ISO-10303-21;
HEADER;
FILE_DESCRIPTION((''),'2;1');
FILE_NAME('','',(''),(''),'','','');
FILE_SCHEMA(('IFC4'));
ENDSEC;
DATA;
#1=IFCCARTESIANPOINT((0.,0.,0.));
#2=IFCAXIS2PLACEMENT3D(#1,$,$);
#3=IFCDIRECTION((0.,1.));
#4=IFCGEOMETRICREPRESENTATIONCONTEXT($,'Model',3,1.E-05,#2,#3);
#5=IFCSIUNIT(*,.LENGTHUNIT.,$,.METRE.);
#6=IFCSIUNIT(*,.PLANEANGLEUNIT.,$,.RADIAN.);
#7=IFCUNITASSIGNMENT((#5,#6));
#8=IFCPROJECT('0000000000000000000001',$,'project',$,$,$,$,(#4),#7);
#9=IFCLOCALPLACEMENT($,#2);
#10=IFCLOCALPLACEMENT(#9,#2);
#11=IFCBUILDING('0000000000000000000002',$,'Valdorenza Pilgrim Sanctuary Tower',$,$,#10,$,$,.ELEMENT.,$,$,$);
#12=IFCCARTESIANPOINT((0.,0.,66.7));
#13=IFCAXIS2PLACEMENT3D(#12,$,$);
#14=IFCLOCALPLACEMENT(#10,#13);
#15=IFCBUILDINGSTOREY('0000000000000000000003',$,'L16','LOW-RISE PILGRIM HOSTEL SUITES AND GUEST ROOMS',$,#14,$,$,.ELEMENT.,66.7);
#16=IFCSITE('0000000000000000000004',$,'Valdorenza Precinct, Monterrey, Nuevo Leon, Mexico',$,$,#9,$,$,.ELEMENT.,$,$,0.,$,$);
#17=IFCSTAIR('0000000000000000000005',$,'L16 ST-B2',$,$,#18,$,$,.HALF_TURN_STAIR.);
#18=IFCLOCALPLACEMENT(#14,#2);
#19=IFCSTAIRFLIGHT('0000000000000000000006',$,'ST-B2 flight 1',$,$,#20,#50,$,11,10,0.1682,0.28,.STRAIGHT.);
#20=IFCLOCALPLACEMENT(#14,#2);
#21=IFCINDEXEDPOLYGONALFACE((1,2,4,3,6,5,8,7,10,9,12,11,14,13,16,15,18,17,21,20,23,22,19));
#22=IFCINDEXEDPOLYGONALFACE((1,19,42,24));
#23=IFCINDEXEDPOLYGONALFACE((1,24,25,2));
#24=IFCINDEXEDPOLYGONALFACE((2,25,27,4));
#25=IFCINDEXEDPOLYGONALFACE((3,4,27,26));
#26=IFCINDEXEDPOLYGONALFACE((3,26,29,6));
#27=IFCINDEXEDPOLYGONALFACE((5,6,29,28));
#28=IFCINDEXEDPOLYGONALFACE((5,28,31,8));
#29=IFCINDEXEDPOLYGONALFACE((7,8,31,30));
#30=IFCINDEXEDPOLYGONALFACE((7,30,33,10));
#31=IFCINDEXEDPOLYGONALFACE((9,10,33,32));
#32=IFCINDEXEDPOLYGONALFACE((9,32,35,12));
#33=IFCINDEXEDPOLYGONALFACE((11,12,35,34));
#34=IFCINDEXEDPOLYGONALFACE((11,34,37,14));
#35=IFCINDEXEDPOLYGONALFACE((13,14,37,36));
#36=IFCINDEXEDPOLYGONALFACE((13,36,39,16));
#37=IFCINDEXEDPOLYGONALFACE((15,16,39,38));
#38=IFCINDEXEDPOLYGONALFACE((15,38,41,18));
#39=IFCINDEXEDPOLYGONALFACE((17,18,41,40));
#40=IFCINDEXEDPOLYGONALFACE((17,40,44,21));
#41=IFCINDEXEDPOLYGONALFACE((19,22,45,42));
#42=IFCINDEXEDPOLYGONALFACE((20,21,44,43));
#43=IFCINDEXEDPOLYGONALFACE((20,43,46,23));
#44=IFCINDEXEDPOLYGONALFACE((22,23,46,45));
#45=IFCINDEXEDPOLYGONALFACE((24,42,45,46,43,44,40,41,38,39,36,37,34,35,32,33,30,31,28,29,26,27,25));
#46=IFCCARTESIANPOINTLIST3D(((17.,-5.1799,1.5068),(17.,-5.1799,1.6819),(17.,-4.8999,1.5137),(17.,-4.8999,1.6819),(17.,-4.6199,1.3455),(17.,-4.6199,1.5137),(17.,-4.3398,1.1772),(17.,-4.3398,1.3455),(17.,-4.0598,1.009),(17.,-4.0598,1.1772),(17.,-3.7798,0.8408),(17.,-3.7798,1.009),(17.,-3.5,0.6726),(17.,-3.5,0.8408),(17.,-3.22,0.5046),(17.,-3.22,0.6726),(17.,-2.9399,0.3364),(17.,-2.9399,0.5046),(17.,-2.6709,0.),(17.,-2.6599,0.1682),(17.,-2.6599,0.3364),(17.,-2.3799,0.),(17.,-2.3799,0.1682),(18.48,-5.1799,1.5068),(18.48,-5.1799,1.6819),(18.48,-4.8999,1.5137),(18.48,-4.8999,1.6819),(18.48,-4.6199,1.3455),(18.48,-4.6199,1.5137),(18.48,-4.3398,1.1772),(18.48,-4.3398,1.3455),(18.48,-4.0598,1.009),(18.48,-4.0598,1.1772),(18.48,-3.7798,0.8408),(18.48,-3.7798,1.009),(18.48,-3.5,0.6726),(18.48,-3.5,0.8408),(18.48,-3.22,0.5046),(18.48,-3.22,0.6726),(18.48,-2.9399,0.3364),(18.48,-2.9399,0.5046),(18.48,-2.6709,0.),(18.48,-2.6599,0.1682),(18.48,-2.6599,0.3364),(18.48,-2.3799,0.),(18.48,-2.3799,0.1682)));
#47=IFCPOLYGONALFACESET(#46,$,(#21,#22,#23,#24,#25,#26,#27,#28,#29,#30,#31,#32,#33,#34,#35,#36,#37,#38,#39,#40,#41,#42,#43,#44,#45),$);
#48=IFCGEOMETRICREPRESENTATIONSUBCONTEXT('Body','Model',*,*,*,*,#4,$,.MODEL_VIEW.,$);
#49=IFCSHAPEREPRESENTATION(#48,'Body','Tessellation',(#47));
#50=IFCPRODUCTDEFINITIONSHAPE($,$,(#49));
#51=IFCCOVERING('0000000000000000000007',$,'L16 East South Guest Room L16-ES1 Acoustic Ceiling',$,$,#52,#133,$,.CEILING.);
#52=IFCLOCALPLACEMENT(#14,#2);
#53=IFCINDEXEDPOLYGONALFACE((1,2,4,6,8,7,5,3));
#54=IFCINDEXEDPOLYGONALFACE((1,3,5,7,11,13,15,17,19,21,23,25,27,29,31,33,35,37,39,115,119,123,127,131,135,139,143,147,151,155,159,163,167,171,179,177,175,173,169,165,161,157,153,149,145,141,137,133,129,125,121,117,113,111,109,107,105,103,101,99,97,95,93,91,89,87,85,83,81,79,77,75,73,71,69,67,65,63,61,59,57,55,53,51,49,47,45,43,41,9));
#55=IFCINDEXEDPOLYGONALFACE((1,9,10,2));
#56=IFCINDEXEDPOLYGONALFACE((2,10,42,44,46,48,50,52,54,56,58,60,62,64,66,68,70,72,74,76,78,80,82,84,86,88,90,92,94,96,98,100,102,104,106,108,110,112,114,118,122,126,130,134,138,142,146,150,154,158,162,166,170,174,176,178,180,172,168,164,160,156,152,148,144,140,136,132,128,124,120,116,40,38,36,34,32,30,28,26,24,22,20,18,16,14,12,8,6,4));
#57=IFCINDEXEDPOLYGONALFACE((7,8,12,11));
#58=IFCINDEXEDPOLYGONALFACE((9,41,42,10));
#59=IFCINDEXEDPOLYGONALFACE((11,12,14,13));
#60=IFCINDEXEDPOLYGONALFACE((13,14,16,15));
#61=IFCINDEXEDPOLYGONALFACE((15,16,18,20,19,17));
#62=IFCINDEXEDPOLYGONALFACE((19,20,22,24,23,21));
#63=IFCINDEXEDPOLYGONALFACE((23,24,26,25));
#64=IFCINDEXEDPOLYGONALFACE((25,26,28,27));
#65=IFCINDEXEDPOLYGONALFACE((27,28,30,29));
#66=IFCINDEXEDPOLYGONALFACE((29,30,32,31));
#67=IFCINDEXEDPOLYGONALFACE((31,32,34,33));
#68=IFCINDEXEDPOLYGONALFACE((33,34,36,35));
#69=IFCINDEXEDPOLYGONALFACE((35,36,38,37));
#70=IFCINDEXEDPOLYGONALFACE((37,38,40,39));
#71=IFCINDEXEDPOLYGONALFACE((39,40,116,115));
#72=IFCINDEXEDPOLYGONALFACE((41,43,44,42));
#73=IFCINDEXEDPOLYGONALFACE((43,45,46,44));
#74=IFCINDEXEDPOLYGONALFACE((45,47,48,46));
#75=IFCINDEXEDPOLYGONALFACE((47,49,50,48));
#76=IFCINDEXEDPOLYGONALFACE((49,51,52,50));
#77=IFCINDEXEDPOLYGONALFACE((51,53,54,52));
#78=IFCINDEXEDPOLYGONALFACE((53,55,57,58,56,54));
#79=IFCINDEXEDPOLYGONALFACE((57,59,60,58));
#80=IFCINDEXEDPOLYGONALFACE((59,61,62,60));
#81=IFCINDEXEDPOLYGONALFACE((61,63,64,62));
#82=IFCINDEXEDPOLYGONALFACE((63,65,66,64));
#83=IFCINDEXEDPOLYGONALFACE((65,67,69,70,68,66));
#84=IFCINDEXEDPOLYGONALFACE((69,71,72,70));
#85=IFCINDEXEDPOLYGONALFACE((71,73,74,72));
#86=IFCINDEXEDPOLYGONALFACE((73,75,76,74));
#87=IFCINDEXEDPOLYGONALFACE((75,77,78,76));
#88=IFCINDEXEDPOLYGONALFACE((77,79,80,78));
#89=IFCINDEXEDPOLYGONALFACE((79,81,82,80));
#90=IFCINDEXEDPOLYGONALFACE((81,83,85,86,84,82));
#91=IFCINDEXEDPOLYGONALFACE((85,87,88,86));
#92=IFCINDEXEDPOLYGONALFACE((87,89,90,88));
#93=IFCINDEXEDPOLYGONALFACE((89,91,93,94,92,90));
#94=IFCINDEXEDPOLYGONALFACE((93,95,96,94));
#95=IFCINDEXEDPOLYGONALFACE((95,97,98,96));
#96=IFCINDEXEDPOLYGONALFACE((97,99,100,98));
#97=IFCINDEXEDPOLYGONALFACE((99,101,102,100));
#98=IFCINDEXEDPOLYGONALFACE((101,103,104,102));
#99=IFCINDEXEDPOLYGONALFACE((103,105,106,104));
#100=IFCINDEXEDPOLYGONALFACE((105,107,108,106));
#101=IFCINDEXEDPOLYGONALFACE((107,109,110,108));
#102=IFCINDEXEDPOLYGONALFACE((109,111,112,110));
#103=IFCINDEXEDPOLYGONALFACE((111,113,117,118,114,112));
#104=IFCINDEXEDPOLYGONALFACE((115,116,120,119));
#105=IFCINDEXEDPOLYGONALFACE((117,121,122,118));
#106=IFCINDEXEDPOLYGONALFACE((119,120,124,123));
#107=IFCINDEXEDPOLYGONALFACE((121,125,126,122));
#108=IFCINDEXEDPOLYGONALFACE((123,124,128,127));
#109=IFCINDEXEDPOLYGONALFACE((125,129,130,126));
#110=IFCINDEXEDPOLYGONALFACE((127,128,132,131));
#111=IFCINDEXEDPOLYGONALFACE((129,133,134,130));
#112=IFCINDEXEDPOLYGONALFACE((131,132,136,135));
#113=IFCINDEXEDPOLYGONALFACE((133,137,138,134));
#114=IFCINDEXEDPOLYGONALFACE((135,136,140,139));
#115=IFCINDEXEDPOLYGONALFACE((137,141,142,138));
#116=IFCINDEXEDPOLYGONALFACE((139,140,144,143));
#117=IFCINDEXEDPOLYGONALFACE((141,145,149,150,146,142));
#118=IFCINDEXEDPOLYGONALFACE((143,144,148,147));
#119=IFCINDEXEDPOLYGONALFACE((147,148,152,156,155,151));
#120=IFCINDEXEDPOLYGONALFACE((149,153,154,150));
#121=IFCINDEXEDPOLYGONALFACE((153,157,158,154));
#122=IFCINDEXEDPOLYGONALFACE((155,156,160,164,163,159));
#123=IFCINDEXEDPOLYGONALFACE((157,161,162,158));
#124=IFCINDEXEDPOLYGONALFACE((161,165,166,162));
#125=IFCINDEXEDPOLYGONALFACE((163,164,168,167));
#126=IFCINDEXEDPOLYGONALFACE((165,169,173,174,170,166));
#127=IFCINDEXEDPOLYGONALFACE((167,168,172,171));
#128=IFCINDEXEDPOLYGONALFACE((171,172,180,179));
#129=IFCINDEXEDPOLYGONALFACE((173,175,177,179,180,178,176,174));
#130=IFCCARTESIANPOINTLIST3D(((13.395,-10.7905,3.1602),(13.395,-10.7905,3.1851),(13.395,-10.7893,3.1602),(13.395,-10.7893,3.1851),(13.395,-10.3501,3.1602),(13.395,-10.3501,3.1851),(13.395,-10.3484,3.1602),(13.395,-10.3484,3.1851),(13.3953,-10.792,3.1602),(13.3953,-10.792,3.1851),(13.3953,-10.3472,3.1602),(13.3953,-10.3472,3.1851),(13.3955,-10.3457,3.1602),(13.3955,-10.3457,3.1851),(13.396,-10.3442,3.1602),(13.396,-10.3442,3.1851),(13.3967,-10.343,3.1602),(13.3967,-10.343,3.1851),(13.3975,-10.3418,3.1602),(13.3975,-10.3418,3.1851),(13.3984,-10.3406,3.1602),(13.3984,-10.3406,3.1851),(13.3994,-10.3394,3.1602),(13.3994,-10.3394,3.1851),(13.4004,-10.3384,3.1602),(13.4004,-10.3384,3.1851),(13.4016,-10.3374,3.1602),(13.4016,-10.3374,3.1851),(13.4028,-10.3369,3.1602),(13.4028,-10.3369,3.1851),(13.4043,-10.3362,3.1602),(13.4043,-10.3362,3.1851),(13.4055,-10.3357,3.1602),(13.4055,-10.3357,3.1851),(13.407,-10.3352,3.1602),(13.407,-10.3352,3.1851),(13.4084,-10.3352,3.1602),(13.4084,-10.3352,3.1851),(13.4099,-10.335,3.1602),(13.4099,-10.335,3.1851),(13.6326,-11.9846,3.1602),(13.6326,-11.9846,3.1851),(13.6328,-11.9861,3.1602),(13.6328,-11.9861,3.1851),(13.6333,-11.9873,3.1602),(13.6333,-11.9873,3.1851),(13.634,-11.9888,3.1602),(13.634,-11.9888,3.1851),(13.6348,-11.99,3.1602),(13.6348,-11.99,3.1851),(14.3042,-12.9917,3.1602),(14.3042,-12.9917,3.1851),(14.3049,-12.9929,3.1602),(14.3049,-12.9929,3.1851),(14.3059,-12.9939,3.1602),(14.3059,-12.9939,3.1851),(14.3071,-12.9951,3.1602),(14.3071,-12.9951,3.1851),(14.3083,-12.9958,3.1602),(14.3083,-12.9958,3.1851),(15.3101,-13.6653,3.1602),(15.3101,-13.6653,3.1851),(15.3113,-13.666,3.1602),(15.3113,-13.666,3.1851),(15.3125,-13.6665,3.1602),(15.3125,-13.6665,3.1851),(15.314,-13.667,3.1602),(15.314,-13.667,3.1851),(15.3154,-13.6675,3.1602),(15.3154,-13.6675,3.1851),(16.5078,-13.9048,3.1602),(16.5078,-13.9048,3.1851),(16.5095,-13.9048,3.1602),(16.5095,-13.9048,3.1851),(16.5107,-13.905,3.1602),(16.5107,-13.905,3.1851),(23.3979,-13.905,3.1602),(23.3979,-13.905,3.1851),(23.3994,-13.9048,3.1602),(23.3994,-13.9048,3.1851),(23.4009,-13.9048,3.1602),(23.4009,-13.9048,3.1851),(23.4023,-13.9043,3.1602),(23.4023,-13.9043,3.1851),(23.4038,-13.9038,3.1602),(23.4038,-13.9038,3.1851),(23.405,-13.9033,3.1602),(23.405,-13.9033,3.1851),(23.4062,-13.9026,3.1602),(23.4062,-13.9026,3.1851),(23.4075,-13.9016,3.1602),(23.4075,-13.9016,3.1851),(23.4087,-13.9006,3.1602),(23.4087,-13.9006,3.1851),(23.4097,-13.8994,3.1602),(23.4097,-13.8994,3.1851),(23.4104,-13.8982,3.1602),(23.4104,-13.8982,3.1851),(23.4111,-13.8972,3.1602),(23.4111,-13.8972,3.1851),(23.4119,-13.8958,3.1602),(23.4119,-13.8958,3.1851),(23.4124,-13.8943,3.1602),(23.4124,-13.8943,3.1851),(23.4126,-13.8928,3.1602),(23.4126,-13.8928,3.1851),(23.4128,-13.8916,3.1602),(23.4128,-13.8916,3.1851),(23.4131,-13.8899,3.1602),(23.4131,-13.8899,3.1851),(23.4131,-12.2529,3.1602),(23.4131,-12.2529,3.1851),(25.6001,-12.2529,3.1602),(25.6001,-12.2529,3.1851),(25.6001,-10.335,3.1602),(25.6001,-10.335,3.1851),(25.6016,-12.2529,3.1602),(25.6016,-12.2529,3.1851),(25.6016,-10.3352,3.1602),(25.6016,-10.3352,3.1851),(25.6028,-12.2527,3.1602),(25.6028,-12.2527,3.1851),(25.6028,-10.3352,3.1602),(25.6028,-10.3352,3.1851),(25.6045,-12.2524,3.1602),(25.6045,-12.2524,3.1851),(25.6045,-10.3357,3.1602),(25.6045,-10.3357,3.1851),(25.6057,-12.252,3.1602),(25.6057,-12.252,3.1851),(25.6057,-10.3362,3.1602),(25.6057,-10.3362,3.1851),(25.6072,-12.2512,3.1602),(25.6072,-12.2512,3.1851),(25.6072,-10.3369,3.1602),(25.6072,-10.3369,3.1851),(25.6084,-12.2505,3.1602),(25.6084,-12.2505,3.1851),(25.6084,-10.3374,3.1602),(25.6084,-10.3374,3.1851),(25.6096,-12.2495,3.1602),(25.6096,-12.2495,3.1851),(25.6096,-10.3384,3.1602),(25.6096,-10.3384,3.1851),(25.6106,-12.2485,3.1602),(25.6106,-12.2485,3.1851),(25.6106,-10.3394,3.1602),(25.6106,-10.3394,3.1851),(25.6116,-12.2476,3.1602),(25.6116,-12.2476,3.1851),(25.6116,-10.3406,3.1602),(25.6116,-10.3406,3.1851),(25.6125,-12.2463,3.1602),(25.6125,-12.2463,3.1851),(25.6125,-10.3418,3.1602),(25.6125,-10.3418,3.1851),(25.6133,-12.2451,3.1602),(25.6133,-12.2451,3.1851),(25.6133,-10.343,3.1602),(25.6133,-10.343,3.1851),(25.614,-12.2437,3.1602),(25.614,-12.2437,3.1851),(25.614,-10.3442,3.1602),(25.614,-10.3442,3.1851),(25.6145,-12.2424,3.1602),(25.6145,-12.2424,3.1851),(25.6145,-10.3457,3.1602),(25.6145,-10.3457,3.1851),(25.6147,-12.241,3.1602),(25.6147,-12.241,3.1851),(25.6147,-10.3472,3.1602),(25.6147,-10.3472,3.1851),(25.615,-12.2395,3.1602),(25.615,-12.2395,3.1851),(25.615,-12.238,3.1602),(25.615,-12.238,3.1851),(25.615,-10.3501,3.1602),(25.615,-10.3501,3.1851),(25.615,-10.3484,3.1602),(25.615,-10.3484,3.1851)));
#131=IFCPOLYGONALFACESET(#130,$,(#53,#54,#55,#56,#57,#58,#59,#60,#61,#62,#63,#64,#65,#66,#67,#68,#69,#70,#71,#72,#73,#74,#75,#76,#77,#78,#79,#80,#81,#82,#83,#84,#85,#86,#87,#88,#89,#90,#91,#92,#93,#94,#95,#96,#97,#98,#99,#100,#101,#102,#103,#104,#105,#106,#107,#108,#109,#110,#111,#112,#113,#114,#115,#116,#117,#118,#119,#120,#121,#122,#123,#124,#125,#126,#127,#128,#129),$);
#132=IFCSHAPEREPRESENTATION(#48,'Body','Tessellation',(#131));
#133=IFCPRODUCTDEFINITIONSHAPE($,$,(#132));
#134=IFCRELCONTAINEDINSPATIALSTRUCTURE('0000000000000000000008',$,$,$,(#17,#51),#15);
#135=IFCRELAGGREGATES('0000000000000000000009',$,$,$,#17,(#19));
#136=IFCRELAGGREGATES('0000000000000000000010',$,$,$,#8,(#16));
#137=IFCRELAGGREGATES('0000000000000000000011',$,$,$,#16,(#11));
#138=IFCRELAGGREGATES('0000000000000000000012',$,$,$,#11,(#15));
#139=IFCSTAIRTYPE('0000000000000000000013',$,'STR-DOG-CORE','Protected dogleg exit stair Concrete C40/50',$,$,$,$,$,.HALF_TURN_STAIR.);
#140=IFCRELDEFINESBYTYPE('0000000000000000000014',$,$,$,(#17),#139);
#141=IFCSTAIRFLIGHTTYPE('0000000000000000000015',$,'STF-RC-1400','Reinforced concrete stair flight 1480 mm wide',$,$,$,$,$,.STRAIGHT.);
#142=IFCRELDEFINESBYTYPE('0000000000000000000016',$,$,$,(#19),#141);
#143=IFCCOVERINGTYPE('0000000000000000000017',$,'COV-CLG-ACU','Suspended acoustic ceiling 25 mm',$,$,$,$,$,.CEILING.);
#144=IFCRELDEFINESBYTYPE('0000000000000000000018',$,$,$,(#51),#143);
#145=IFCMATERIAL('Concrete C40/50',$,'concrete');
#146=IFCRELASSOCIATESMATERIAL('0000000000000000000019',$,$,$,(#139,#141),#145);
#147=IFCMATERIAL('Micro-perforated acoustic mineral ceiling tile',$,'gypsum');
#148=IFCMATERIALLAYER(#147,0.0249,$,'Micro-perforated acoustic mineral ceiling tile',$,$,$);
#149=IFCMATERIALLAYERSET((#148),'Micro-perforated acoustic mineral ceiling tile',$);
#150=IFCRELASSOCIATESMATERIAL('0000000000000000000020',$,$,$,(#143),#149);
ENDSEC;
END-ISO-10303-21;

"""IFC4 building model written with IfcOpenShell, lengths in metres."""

from ifc_helpers import new_model, si_unit, direction, frame, origin, place, context, subcontext, project, spatial, polyline, outline, extrude, material, layer, layer_set, type_object, element, aggregate, save


model = new_model("IFC4")

# Units and contexts
model_context = context("Model", 3, precision=1e-05, world=origin(), true_north=direction((0.0, 1.0)))
body_context = subcontext(model_context, "Body", "Model", "MODEL_VIEW")
ifc_project = project(units=[si_unit("LENGTHUNIT", "METRE"), si_unit("PLANEANGLEUNIT", "RADIAN")], contexts=[model_context])

# Site, building, storey
site_placement = place(None, origin())
site = spatial("IfcSite", under=ifc_project, at=site_placement, Name="Valdorenza Precinct, Monterrey, Nuevo Leon, Mexico", CompositionType="ELEMENT", RefElevation=0.0)
building_placement = place(site_placement, origin())
building = spatial("IfcBuilding", under=site, at=building_placement, Name="Valdorenza Pilgrim Sanctuary Tower", CompositionType="ELEMENT")
storey_placement = place(building_placement, frame((0.0, 0.0, 66.7)))
storey = spatial("IfcBuildingStorey", under=building, at=storey_placement, Name="L16", Description="LOW-RISE PILGRIM HOSTEL SUITES AND GUEST ROOMS", CompositionType="ELEMENT", Elevation=66.7)

# Shared definitions
ifc_material_1 = material(Name="Concrete C40/50", Category="concrete")

# Stair, stair flight
stair_type = type_object("IfcStairType", Name="STR-DOG-CORE", Description="Protected dogleg exit stair Concrete C40/50", PredefinedType="HALF_TURN_STAIR", material=ifc_material_1)
stair_placement = place(storey_placement, origin())
stair = element("IfcStair", 1, at=stair_placement, inside=storey, type_object=stair_type, Name="L16 ST-B2", PredefinedType="HALF_TURN_STAIR")
stair_flight_type = type_object("IfcStairFlightType", Name="STF-RC-1400", Description="Reinforced concrete stair flight 1480 mm wide", PredefinedType="STRAIGHT", material=ifc_material_1)
stair_flight_placement = place(storey_placement, frame((17.74, -2.3799, 0.0), z_axis=(0.0, 0.0, 1.0), x_axis=(0.0, -1.0, 0.0)))
stair_flight = element("IfcStairFlight", 2, at=stair_flight_placement, type_object=stair_flight_type, Name="ST-B2 flight 1", NumberOfRisers=11, NumberOfTreads=10, PredefinedType="STRAIGHT", RiserHeight=0.1682, TreadLength=0.28, context=body_context, shape_type="SweptSolid", body=[
    extrude(outline(polyline([(0.0, 0.0), (0.0, 0.1682), (0.28, 0.1682), (0.28, 0.3364), (0.5601, 0.3364), (0.5601, 0.5046), (0.8401, 0.5046), (0.8401, 0.6726), (1.1201, 0.6726), (1.1201, 0.8408), (1.3999, 0.8408), (1.3999, 1.009), (1.6799, 1.009), (1.6799, 1.1772), (1.96, 1.1772), (1.96, 1.3455), (2.24, 1.3455), (2.24, 1.5137), (2.52, 1.5137), (2.52, 1.6819), (2.8, 1.6819), (2.8, 1.8501), (2.8, 1.5068), (0.291, 0.0), (0.0, 0.0)])), frame((0.0, 0.74, 0.0), z_axis=(0.0, -1.0, 0.0), x_axis=(1.0, 0.0, 0.0)), (0.0, 0.0, 1.0), 1.48),
])
aggregate(stair, [stair_flight])

# Covering
ifc_material_2 = material(Name="Micro-perforated acoustic mineral ceiling tile", Category="gypsum")
ifc_layer_1 = layer(ifc_material_2, 0.0249, Name="Micro-perforated acoustic mineral ceiling tile")
ifc_layer_set_1 = layer_set([ifc_layer_1], Name="Micro-perforated acoustic mineral ceiling tile")
covering_type_1 = type_object("IfcCoveringType", Name="COV-CLG-ACU", Description="Suspended acoustic ceiling 25 mm", PredefinedType="CEILING", material=ifc_layer_set_1)
covering_1_placement = place(storey_placement, frame((0.0, 0.0, 3.1602)))
element("IfcCovering", 3, at=covering_1_placement, inside=storey, type_object=covering_type_1, Name="L16 East South Guest Room L16-ES1 Acoustic Ceiling", PredefinedType="CEILING", context=body_context, shape_type="SweptSolid", body=[
    extrude(outline(polyline([(23.4131, -12.2529), (23.4131, -13.8899), (23.4128, -13.8916), (23.4126, -13.8928), (23.4124, -13.8943), (23.4119, -13.8958), (23.4111, -13.8972), (23.4104, -13.8982), (23.4097, -13.8994), (23.4087, -13.9006), (23.4075, -13.9016), (23.4062, -13.9026), (23.405, -13.9033), (23.4038, -13.9038), (23.4023, -13.9043), (23.4009, -13.9048), (23.3994, -13.9048), (23.3979, -13.905), (16.5107, -13.905), (16.5095, -13.9048), (16.5078, -13.9048), (15.3154, -13.6675), (15.314, -13.667), (15.3125, -13.6665), (15.3113, -13.666), (15.3101, -13.6653), (14.3083, -12.9958), (14.3071, -12.9951), (14.3059, -12.9939), (14.3049, -12.9929), (14.3042, -12.9917), (13.6348, -11.99), (13.634, -11.9888), (13.6333, -11.9873), (13.6328, -11.9861), (13.6326, -11.9846), (13.3953, -10.792), (13.395, -10.7905), (13.395, -10.7893), (13.395, -10.3501), (13.395, -10.3484), (13.3953, -10.3472), (13.3955, -10.3457), (13.396, -10.3442), (13.3967, -10.343), (13.3975, -10.3418), (13.3984, -10.3406), (13.3994, -10.3394), (13.4004, -10.3384), (13.4016, -10.3374), (13.4028, -10.3369), (13.4043, -10.3362), (13.4055, -10.3357), (13.407, -10.3352), (13.4084, -10.3352), (13.4099, -10.335), (25.6001, -10.335), (25.6016, -10.3352), (25.6028, -10.3352), (25.6045, -10.3357), (25.6057, -10.3362), (25.6072, -10.3369), (25.6084, -10.3374), (25.6096, -10.3384), (25.6106, -10.3394), (25.6116, -10.3406), (25.6125, -10.3418), (25.6133, -10.343), (25.614, -10.3442), (25.6145, -10.3457), (25.6147, -10.3472), (25.615, -10.3484), (25.615, -10.3501), (25.615, -12.238), (25.615, -12.2395), (25.6147, -12.241), (25.6145, -12.2424), (25.614, -12.2437), (25.6133, -12.2451), (25.6125, -12.2463), (25.6116, -12.2476), (25.6106, -12.2485), (25.6096, -12.2495), (25.6084, -12.2505), (25.6072, -12.2512), (25.6057, -12.252), (25.6045, -12.2524), (25.6028, -12.2527), (25.6016, -12.2529), (25.6001, -12.2529), (23.4131, -12.2529)])), origin(), (0.0, 0.0, 1.0), 0.0249),
])

save(model, "model.ifc")
